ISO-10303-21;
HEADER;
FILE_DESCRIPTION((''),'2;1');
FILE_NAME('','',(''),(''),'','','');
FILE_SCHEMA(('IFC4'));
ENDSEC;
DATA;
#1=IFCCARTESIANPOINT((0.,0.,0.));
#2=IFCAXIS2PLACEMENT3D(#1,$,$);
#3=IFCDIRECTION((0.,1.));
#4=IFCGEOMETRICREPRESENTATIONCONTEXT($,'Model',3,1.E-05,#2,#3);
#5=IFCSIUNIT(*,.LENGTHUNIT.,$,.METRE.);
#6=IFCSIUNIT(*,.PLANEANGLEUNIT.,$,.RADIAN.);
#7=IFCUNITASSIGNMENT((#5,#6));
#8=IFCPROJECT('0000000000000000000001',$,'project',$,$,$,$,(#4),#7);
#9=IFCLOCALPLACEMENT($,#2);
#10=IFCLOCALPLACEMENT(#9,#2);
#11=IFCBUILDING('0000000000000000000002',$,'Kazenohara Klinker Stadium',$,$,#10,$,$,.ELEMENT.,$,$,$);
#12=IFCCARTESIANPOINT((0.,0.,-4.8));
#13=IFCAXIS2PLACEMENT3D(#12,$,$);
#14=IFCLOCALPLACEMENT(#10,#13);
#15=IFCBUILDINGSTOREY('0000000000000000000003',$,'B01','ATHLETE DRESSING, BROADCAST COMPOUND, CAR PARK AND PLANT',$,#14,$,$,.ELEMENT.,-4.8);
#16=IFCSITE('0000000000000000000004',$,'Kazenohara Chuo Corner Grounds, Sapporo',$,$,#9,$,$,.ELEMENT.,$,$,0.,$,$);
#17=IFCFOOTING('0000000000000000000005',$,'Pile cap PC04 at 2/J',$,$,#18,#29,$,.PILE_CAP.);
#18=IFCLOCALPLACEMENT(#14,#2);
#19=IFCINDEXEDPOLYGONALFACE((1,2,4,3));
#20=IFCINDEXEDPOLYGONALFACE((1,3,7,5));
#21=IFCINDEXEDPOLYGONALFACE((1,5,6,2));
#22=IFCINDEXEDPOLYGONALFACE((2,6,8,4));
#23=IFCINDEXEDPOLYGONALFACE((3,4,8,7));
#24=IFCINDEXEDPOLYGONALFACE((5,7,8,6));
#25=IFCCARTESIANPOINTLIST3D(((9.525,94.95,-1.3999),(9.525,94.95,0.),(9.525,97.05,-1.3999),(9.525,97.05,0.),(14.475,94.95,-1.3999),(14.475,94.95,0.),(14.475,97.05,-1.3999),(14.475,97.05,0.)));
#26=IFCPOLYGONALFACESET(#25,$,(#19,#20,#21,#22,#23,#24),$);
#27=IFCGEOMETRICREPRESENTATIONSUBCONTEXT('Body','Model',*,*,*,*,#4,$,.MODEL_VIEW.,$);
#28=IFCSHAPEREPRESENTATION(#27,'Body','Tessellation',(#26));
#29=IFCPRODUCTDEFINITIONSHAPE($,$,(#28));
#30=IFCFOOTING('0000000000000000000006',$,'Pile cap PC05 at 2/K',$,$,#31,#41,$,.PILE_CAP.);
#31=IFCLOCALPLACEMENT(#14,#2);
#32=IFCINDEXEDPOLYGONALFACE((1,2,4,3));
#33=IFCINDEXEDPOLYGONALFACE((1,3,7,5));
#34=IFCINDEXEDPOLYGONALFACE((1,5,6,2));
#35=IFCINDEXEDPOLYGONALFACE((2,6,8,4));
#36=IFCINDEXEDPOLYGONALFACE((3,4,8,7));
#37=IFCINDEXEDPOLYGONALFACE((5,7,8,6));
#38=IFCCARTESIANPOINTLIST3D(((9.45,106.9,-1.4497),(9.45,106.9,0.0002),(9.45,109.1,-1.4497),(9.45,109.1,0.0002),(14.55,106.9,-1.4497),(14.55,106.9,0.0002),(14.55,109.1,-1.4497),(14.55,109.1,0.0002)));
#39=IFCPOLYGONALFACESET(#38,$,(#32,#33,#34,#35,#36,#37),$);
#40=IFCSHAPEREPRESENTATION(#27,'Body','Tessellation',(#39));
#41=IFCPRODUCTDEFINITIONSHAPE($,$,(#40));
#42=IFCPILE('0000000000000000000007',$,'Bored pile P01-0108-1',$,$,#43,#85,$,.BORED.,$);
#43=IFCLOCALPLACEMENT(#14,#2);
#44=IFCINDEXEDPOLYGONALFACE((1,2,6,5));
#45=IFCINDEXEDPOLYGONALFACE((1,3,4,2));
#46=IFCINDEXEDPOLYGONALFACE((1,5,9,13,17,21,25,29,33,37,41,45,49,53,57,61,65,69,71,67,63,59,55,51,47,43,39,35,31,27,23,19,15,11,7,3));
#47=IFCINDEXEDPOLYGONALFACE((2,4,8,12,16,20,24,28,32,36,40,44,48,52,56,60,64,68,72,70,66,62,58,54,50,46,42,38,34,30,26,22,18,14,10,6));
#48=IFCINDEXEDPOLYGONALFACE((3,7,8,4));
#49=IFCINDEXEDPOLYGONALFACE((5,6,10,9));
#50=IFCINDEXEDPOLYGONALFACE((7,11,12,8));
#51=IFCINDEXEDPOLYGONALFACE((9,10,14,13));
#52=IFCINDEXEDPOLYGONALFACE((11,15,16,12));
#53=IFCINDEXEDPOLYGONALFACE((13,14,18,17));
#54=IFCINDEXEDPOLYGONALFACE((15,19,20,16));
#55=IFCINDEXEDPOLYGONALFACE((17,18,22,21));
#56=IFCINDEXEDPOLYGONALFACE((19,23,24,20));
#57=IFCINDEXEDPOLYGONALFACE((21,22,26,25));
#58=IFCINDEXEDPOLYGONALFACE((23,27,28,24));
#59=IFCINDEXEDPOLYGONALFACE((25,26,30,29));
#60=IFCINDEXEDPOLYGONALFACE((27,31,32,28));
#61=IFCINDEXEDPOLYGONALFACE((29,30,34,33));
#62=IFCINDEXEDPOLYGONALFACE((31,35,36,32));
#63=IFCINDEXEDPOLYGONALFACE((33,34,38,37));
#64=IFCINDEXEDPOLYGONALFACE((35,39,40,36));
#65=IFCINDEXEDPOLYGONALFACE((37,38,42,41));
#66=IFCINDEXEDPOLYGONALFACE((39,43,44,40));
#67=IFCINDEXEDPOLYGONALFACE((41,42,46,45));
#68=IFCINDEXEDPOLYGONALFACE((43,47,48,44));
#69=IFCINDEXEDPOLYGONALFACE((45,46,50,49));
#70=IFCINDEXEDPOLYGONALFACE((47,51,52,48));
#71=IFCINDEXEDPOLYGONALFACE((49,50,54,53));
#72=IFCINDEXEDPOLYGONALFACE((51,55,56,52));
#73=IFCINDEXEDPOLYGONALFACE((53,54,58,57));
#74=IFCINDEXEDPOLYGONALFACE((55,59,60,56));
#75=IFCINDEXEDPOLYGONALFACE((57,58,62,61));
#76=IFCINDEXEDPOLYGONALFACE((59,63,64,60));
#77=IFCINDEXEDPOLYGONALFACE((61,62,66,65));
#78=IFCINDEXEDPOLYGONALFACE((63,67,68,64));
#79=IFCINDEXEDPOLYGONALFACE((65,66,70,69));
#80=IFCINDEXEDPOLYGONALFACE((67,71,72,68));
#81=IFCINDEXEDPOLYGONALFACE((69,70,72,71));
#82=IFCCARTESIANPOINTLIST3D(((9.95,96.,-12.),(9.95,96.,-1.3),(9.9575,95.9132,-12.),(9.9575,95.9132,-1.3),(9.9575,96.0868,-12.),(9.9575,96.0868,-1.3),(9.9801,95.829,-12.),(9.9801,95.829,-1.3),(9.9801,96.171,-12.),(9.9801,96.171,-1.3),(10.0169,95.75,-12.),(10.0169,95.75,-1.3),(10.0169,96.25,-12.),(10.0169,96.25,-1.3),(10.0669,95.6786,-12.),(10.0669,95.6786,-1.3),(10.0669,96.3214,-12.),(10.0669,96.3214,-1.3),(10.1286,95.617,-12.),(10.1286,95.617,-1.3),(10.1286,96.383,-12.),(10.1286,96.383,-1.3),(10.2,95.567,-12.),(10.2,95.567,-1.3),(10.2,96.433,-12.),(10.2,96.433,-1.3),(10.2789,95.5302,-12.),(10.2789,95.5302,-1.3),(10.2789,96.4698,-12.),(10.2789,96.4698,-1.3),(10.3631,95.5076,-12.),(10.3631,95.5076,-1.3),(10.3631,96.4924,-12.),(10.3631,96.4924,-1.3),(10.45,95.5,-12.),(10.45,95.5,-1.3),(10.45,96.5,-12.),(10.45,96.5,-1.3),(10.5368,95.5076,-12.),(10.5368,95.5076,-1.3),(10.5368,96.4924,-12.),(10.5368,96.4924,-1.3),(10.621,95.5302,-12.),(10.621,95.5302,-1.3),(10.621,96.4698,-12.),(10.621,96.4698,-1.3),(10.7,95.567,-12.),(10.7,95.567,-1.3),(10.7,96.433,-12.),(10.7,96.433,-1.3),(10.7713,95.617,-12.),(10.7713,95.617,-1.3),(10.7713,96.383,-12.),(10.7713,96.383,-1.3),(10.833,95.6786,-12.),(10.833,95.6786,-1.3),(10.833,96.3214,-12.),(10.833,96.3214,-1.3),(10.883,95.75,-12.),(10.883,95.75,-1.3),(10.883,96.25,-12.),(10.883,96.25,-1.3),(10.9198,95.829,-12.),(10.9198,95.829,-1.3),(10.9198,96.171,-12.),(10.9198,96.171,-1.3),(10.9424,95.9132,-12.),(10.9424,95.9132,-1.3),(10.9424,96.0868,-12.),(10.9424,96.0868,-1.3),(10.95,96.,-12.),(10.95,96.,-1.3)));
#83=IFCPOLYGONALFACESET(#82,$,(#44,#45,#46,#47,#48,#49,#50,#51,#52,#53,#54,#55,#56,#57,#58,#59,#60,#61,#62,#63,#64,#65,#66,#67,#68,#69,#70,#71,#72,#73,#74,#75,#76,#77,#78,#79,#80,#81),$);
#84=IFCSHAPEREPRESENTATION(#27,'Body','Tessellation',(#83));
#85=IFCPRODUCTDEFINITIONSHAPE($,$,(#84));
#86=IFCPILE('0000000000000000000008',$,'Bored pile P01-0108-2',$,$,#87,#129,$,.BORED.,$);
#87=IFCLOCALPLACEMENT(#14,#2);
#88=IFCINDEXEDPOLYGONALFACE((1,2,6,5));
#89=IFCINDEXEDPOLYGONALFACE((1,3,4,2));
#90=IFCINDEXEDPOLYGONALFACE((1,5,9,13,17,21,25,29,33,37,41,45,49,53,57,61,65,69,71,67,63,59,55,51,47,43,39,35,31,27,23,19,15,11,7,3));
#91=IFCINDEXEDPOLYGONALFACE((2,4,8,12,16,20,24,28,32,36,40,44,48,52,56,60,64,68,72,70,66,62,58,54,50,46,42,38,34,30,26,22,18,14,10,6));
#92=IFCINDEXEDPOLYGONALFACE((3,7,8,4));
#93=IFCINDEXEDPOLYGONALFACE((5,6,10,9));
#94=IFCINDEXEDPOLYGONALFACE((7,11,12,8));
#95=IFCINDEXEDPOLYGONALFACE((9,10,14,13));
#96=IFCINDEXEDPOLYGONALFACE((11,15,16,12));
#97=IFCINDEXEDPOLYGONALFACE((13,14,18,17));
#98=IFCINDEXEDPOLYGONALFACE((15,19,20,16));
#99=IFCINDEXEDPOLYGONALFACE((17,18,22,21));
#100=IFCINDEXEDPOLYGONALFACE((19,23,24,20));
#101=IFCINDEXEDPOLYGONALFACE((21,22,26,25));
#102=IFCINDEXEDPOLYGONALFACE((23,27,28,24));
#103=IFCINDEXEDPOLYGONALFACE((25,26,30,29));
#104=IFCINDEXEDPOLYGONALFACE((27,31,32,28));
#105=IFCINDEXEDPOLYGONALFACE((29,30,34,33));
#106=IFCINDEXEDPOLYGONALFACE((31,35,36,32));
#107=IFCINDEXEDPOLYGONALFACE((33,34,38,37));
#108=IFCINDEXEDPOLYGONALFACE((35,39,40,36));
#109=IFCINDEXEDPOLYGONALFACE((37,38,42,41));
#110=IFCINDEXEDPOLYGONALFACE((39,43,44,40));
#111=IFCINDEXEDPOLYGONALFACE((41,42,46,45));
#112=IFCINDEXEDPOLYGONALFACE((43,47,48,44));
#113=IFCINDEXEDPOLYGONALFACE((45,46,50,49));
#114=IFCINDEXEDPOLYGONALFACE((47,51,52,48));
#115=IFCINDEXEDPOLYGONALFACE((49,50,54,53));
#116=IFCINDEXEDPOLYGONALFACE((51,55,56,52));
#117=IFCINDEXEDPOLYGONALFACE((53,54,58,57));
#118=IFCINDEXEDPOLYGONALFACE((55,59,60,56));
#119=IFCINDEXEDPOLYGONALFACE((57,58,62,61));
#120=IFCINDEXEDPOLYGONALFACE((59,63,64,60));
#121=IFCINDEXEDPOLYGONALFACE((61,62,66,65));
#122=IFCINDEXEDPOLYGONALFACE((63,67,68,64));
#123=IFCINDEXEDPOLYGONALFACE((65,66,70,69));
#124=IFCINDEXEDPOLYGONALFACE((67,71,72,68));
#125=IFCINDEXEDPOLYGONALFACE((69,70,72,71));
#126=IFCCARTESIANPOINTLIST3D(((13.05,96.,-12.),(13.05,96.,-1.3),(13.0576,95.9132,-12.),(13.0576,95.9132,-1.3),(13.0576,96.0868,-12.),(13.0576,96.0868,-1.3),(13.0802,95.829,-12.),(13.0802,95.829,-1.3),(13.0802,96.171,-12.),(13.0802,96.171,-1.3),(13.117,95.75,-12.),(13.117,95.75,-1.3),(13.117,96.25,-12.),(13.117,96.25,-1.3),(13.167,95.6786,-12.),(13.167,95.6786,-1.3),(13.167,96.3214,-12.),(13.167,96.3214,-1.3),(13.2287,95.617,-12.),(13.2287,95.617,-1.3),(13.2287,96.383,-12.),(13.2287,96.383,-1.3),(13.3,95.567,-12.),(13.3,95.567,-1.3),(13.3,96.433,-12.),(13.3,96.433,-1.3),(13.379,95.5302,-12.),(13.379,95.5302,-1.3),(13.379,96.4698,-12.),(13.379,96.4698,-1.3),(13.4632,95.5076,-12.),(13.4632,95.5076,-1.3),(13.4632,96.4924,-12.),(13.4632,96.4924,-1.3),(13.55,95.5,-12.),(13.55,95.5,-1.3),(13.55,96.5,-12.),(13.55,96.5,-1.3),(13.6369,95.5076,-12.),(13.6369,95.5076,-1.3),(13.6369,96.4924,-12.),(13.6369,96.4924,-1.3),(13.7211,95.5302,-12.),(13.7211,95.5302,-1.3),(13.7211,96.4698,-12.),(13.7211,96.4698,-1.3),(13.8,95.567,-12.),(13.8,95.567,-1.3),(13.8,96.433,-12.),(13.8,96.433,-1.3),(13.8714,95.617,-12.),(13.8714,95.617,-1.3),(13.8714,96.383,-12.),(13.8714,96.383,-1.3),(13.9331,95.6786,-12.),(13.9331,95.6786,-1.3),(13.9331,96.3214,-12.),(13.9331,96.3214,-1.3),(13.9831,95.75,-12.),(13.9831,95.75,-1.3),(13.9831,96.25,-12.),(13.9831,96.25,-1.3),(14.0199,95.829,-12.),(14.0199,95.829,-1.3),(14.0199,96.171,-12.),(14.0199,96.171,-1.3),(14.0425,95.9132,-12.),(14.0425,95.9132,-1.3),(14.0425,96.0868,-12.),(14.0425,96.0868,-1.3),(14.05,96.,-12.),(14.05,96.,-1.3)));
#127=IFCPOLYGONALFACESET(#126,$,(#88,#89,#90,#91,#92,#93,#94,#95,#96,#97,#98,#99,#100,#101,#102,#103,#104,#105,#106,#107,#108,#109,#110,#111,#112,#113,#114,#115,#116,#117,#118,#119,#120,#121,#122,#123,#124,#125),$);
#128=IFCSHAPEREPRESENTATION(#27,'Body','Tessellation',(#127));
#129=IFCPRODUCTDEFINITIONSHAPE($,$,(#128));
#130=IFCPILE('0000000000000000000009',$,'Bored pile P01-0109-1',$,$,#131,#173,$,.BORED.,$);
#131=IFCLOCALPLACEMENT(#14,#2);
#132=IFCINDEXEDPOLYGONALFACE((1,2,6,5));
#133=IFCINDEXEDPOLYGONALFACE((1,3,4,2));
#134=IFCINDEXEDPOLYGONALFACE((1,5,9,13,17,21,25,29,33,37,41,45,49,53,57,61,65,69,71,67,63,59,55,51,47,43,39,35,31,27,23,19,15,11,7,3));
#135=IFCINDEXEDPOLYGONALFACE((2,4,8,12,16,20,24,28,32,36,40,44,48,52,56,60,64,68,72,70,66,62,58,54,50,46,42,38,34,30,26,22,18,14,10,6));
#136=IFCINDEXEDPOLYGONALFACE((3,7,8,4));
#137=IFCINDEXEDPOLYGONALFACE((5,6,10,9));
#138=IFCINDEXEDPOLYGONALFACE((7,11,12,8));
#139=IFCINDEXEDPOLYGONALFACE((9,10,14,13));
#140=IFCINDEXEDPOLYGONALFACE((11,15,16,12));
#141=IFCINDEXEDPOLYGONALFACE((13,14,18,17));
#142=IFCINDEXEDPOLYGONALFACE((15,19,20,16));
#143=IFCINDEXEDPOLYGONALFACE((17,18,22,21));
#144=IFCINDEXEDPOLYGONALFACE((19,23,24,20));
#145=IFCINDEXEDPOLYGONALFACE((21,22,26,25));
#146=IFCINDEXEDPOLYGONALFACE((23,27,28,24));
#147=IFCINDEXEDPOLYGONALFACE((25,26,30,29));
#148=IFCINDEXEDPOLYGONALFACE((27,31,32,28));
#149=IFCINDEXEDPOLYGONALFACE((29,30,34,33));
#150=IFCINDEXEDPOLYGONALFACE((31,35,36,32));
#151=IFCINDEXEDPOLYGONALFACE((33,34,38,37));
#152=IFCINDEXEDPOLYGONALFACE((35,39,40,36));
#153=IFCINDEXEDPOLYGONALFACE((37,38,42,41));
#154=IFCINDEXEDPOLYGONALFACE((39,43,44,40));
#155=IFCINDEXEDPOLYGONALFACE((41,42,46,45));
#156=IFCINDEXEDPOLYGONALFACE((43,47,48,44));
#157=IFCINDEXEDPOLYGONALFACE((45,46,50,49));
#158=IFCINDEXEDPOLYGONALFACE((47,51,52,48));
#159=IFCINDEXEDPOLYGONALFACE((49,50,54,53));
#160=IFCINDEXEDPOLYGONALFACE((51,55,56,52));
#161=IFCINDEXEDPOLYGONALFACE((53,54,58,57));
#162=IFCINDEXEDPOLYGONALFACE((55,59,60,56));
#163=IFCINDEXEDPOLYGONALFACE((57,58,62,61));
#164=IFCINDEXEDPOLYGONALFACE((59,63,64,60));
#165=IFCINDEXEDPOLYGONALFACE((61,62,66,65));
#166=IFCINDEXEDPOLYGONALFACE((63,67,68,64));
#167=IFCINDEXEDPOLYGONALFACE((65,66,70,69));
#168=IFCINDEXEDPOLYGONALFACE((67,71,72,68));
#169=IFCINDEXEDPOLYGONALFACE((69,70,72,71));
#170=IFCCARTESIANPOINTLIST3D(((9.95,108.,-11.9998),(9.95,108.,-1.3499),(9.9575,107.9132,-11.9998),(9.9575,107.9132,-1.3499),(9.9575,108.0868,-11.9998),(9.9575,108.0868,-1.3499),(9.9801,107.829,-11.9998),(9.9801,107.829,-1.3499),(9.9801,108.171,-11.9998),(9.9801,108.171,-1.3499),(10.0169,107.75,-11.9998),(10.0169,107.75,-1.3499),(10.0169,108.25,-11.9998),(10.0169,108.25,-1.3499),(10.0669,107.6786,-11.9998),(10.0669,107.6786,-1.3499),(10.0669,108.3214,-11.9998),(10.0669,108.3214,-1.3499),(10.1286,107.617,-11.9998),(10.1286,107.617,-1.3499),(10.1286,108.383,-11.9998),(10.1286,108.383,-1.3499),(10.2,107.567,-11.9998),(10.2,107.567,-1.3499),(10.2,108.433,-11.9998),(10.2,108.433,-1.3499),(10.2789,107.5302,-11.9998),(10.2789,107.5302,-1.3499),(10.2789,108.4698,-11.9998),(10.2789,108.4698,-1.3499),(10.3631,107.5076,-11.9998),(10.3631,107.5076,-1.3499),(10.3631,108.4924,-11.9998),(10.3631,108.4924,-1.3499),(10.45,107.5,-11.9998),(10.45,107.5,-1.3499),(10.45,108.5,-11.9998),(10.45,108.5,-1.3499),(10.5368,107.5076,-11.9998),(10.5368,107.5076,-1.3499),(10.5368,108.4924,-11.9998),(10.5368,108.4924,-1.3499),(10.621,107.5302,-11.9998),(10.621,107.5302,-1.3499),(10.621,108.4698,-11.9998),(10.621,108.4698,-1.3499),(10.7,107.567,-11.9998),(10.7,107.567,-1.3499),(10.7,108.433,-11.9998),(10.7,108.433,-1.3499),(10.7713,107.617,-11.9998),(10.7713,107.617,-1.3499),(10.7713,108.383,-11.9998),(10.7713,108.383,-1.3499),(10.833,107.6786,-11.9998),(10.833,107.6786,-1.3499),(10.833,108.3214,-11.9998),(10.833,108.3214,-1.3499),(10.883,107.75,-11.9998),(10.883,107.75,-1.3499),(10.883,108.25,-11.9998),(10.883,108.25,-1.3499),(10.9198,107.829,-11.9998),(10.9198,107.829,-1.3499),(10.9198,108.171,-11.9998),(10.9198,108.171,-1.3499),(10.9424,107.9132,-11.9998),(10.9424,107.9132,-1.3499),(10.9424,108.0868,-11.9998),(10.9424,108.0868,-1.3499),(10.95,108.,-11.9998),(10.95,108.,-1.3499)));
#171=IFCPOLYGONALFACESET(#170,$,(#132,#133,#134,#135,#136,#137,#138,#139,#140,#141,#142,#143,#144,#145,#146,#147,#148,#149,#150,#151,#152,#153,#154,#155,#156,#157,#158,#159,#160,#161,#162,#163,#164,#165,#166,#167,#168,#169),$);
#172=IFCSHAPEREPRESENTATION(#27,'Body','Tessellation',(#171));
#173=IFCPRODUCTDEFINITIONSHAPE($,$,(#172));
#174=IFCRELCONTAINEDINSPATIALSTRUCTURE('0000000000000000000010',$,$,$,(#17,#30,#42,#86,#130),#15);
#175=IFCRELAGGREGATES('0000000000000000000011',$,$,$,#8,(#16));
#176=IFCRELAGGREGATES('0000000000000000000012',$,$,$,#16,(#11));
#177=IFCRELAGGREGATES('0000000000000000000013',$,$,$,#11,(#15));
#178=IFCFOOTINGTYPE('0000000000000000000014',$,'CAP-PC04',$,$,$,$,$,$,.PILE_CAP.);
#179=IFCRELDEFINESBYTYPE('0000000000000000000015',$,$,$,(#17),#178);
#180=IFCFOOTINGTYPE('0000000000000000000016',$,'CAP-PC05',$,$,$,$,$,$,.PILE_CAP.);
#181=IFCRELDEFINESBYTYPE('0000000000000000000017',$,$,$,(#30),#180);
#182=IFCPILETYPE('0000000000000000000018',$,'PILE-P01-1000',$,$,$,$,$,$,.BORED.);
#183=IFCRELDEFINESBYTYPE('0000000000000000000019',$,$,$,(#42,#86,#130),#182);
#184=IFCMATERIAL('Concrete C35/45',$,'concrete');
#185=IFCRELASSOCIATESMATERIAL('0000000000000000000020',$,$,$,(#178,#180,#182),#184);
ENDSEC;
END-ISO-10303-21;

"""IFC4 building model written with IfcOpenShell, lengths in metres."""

from ifc_helpers import new_model, si_unit, direction, frame, origin, origin_2d, place, context, subcontext, project, spatial, rectangle, circle, extrude, material, material_profile, profile_set, type_object, element, save


model = new_model("IFC4")

# Units and contexts
model_context = context("Model", 3, precision=1e-05, world=origin(), true_north=direction((0.0, 1.0)))
body_context = subcontext(model_context, "Body", "Model", "MODEL_VIEW")
ifc_project = project(units=[si_unit("LENGTHUNIT", "METRE"), si_unit("PLANEANGLEUNIT", "RADIAN")], contexts=[model_context])

# Site, building, storey
site_placement = place(None, origin())
site = spatial("IfcSite", under=ifc_project, at=site_placement, Name="Kazenohara Chuo Corner Grounds, Sapporo", CompositionType="ELEMENT", RefElevation=0.0)
building_placement = place(site_placement, origin())
building = spatial("IfcBuilding", under=site, at=building_placement, Name="Kazenohara Klinker Stadium", CompositionType="ELEMENT")
storey_placement = place(building_placement, frame((0.0, 0.0, -4.8)))
storey = spatial("IfcBuildingStorey", under=building, at=storey_placement, Name="B01", Description="ATHLETE DRESSING, BROADCAST COMPOUND, CAR PARK AND PLANT", CompositionType="ELEMENT", Elevation=-4.8)

# Footings
ifc_material_1 = material(Name="Concrete C35/45", Category="concrete")
footing_type_1 = type_object("IfcFootingType", Name="CAP-PC04", PredefinedType="PILE_CAP", material=ifc_material_1)
footing_1_placement = place(storey_placement, frame((12.0, 96.0, -1.3999), z_axis=(0.0, 0.0, 1.0), x_axis=(1.0, 0.0, 0.0)))
element("IfcFooting", 1, at=footing_1_placement, inside=storey, type_object=footing_type_1, Name="Pile cap PC04 at 2/J", PredefinedType="PILE_CAP", context=body_context, shape_type="SweptSolid", body=[
    extrude(rectangle(XDim=4.95, YDim=2.1001, at=origin_2d()), origin(), (0.0, 0.0, 1.0), 1.3999),
])
footing_type_2 = type_object("IfcFootingType", Name="CAP-PC05", PredefinedType="PILE_CAP", material=ifc_material_1)
footing_2_placement = place(storey_placement, frame((12.0, 108.0, -1.4497), z_axis=(0.0, 0.0, 1.0), x_axis=(1.0, 0.0, 0.0)))
element("IfcFooting", 2, at=footing_2_placement, inside=storey, type_object=footing_type_2, Name="Pile cap PC05 at 2/K", PredefinedType="PILE_CAP", context=body_context, shape_type="SweptSolid", body=[
    extrude(rectangle(XDim=5.1001, YDim=2.2, at=origin_2d()), origin(), (0.0, 0.0, 1.0), 1.45),
])

# Piles
ifc_material_profile_1 = material_profile(ifc_material_1, circle(Radius=0.5, at=origin_2d()), Name="BORED-PILE-1000")
ifc_profile_set_1 = profile_set([ifc_material_profile_1], Name="Concrete C35/45")
pile_type_1 = type_object("IfcPileType", Name="PILE-P01-1000", PredefinedType="BORED", material=ifc_profile_set_1)
for number, where, z_axis, x_axis, name in (
    (3, (10.45, 96.0, -1.3), (0.0, 0.0, -1.0), (1.0, 0.0, 0.0), "Bored pile P01-0108-1"),
    (4, (13.55, 96.0, -1.3), (0.0, 0.0, -1.0), (1.0, 0.0, 0.0), "Bored pile P01-0108-2"),
):
    element("IfcPile", number, at=place(storey_placement, frame(where, z_axis=z_axis, x_axis=x_axis)), inside=storey, type_object=pile_type_1, Name=name, PredefinedType="BORED", context=body_context, shape_type="SweptSolid", body=[
        extrude(circle(Radius=0.5, at=origin_2d()), origin(), (0.0, 0.0, 1.0), 10.7),
    ])
for number, where, z_axis, x_axis, name in (
    (5, (10.45, 108.0, -1.3499), (0.0, 0.0, -1.0), (1.0, 0.0, 0.0), "Bored pile P01-0109-1"),
):
    element("IfcPile", number, at=place(storey_placement, frame(where, z_axis=z_axis, x_axis=x_axis)), inside=storey, type_object=pile_type_1, Name=name, PredefinedType="BORED", context=body_context, shape_type="SweptSolid", body=[
        extrude(circle(Radius=0.5, at=origin_2d()), origin(), (0.0, 0.0, 1.0), 10.6499),
    ])

save(model, "model.ifc")
